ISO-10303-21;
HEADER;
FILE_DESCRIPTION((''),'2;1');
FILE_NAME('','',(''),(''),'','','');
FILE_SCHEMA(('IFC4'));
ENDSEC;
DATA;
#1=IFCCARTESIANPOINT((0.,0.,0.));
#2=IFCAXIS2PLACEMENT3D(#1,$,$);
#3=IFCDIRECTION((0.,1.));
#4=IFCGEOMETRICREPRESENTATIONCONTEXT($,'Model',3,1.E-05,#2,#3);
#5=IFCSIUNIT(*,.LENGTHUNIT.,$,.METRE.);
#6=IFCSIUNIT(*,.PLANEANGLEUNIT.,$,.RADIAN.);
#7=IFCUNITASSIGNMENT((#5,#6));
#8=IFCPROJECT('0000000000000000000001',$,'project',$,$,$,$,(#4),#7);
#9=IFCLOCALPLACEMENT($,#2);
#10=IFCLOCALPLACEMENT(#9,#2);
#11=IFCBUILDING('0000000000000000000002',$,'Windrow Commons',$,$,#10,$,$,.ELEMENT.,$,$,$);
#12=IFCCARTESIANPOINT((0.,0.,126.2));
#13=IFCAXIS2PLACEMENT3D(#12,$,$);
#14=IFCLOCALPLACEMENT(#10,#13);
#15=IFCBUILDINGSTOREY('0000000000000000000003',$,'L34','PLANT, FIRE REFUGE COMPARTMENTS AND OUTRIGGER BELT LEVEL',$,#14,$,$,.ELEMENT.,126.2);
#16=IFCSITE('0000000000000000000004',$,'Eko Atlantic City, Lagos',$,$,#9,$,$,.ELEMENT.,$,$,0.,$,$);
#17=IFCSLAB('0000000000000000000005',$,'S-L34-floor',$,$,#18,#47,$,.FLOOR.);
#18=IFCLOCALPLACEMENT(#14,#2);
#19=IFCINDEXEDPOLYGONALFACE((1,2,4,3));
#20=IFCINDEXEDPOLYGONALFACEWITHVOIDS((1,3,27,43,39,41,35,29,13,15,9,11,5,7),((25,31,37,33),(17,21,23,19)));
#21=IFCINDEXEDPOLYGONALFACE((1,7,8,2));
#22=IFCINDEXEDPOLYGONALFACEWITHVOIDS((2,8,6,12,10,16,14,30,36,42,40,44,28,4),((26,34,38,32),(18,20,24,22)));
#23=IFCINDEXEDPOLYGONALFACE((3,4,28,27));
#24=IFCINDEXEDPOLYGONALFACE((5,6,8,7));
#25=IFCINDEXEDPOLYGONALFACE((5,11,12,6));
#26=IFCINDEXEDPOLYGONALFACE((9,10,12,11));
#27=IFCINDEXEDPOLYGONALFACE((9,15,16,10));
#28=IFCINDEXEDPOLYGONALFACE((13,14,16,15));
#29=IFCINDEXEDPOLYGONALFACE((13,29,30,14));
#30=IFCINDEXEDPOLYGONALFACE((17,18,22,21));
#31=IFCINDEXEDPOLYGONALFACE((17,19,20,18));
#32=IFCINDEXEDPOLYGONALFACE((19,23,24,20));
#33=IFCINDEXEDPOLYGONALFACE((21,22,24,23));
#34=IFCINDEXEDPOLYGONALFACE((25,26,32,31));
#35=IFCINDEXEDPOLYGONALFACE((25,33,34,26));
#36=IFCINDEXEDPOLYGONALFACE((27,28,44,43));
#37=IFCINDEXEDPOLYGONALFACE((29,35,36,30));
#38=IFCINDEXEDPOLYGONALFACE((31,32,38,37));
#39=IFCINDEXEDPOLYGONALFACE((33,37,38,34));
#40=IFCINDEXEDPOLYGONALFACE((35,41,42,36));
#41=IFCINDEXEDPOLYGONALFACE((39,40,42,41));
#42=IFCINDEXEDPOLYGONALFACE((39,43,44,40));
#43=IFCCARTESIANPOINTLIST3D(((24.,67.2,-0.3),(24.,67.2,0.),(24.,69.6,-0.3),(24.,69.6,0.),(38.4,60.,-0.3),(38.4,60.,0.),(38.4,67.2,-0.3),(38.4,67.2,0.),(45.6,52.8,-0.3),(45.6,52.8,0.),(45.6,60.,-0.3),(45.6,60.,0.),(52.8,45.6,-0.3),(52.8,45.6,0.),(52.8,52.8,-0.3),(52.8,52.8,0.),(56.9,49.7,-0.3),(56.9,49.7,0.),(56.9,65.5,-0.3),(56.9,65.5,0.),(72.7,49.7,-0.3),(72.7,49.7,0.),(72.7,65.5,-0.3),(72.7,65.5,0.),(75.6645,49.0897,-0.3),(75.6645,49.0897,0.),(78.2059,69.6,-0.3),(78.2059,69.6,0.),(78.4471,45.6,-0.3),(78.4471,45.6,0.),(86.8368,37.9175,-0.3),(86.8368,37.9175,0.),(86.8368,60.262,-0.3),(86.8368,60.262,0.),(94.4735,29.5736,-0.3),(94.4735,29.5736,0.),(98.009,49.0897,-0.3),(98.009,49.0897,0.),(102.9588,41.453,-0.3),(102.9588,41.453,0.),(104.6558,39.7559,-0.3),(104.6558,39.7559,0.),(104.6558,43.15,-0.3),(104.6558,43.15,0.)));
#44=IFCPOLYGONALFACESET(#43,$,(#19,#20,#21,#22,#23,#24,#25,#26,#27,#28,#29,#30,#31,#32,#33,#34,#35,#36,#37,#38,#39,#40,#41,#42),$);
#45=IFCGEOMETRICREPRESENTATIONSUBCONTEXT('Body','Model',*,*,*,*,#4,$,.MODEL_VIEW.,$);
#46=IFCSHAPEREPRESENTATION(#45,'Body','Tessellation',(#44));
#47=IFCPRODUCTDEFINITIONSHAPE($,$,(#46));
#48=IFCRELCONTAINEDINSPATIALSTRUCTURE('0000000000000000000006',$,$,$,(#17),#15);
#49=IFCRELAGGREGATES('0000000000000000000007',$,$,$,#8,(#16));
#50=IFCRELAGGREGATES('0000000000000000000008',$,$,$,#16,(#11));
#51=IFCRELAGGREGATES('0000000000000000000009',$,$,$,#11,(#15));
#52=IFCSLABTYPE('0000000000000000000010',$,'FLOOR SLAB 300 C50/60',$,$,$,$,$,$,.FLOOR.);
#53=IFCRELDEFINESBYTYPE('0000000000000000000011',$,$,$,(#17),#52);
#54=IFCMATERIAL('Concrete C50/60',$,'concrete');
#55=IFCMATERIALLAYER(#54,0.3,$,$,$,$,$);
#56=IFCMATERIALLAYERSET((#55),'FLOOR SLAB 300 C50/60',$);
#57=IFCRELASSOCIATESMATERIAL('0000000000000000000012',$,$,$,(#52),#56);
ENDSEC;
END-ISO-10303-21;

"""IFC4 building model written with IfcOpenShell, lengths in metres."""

from ifc_helpers import new_model, si_unit, direction, frame, origin, place, context, subcontext, project, spatial, polyline, outline, extrude, material, layer, layer_set, type_object, element, save


model = new_model("IFC4")

# Units and contexts
model_context = context("Model", 3, precision=1e-05, world=origin(), true_north=direction((0.0, 1.0)))
body_context = subcontext(model_context, "Body", "Model", "MODEL_VIEW")
ifc_project = project(units=[si_unit("LENGTHUNIT", "METRE"), si_unit("PLANEANGLEUNIT", "RADIAN")], contexts=[model_context])

# Site, building, storey
site_placement = place(None, origin())
site = spatial("IfcSite", under=ifc_project, at=site_placement, Name="Eko Atlantic City, Lagos", CompositionType="ELEMENT", RefElevation=0.0)
building_placement = place(site_placement, origin())
building = spatial("IfcBuilding", under=site, at=building_placement, Name="Windrow Commons", CompositionType="ELEMENT")
storey_placement = place(building_placement, frame((0.0, 0.0, 126.2)))
storey = spatial("IfcBuildingStorey", under=building, at=storey_placement, Name="L34", Description="PLANT, FIRE REFUGE COMPARTMENTS AND OUTRIGGER BELT LEVEL", CompositionType="ELEMENT", Elevation=126.2)

# Shared definitions
placement_1 = place(storey_placement, frame((0.0, 0.0, -0.3)))

# Slab, openings
ifc_material_1 = material(Name="Concrete C50/60", Category="concrete")
ifc_layer_1 = layer(ifc_material_1, 0.3)
ifc_layer_set_1 = layer_set([ifc_layer_1], Name="FLOOR SLAB 300 C50/60")
slab_type_1 = type_object("IfcSlabType", Name="FLOOR SLAB 300 C50/60", PredefinedType="FLOOR", material=ifc_layer_set_1)
slab_1 = element("IfcSlab", 1, at=placement_1, inside=storey, type_object=slab_type_1, Name="S-L34-floor", PredefinedType="FLOOR", context=body_context, shape_type="SweptSolid", body=[
    extrude(outline(polyline([(94.4735, 29.5736), (104.6558, 39.7559), (102.9588, 41.453), (104.6558, 43.15), (78.2059, 69.6), (24.0, 69.6), (24.0, 67.2), (38.4, 67.2), (38.4, 60.0), (45.6, 60.0), (45.6, 52.8), (52.8, 52.8), (52.8, 45.6), (78.4471, 45.6), (94.4735, 29.5736)]), holes=[polyline([(75.6645, 49.0897), (86.8368, 60.262), (98.009, 49.0897), (86.8368, 37.9175), (75.6645, 49.0897)]), polyline([(56.9, 49.7), (56.9, 65.5), (72.7, 65.5), (72.7, 49.7), (56.9, 49.7)])]), origin(), (0.0, 0.0, 1.0), 0.3),
])
opening_1_placement = place(placement_1, origin())
element("IfcOpeningElement", 2, at=opening_1_placement, cuts=slab_1, PredefinedType="OPENING", context=body_context, shape_type="SweptSolid", body=[
    extrude(outline(polyline([(75.6716, 49.0897), (86.8368, 60.2549), (98.0019, 49.0897), (86.8368, 37.9246), (75.6716, 49.0897)])), origin(), (0.0, 0.0, 1.0), 0.3),
])
opening_2_placement = place(placement_1, origin())
element("IfcOpeningElement", 3, at=opening_2_placement, cuts=slab_1, PredefinedType="OPENING", context=body_context, shape_type="SweptSolid", body=[
    extrude(outline(polyline([(56.905, 49.705), (56.905, 65.495), (72.695, 65.495), (72.695, 49.705), (56.905, 49.705)])), origin(), (0.0, 0.0, 1.0), 0.3),
])

save(model, "model.ifc")
